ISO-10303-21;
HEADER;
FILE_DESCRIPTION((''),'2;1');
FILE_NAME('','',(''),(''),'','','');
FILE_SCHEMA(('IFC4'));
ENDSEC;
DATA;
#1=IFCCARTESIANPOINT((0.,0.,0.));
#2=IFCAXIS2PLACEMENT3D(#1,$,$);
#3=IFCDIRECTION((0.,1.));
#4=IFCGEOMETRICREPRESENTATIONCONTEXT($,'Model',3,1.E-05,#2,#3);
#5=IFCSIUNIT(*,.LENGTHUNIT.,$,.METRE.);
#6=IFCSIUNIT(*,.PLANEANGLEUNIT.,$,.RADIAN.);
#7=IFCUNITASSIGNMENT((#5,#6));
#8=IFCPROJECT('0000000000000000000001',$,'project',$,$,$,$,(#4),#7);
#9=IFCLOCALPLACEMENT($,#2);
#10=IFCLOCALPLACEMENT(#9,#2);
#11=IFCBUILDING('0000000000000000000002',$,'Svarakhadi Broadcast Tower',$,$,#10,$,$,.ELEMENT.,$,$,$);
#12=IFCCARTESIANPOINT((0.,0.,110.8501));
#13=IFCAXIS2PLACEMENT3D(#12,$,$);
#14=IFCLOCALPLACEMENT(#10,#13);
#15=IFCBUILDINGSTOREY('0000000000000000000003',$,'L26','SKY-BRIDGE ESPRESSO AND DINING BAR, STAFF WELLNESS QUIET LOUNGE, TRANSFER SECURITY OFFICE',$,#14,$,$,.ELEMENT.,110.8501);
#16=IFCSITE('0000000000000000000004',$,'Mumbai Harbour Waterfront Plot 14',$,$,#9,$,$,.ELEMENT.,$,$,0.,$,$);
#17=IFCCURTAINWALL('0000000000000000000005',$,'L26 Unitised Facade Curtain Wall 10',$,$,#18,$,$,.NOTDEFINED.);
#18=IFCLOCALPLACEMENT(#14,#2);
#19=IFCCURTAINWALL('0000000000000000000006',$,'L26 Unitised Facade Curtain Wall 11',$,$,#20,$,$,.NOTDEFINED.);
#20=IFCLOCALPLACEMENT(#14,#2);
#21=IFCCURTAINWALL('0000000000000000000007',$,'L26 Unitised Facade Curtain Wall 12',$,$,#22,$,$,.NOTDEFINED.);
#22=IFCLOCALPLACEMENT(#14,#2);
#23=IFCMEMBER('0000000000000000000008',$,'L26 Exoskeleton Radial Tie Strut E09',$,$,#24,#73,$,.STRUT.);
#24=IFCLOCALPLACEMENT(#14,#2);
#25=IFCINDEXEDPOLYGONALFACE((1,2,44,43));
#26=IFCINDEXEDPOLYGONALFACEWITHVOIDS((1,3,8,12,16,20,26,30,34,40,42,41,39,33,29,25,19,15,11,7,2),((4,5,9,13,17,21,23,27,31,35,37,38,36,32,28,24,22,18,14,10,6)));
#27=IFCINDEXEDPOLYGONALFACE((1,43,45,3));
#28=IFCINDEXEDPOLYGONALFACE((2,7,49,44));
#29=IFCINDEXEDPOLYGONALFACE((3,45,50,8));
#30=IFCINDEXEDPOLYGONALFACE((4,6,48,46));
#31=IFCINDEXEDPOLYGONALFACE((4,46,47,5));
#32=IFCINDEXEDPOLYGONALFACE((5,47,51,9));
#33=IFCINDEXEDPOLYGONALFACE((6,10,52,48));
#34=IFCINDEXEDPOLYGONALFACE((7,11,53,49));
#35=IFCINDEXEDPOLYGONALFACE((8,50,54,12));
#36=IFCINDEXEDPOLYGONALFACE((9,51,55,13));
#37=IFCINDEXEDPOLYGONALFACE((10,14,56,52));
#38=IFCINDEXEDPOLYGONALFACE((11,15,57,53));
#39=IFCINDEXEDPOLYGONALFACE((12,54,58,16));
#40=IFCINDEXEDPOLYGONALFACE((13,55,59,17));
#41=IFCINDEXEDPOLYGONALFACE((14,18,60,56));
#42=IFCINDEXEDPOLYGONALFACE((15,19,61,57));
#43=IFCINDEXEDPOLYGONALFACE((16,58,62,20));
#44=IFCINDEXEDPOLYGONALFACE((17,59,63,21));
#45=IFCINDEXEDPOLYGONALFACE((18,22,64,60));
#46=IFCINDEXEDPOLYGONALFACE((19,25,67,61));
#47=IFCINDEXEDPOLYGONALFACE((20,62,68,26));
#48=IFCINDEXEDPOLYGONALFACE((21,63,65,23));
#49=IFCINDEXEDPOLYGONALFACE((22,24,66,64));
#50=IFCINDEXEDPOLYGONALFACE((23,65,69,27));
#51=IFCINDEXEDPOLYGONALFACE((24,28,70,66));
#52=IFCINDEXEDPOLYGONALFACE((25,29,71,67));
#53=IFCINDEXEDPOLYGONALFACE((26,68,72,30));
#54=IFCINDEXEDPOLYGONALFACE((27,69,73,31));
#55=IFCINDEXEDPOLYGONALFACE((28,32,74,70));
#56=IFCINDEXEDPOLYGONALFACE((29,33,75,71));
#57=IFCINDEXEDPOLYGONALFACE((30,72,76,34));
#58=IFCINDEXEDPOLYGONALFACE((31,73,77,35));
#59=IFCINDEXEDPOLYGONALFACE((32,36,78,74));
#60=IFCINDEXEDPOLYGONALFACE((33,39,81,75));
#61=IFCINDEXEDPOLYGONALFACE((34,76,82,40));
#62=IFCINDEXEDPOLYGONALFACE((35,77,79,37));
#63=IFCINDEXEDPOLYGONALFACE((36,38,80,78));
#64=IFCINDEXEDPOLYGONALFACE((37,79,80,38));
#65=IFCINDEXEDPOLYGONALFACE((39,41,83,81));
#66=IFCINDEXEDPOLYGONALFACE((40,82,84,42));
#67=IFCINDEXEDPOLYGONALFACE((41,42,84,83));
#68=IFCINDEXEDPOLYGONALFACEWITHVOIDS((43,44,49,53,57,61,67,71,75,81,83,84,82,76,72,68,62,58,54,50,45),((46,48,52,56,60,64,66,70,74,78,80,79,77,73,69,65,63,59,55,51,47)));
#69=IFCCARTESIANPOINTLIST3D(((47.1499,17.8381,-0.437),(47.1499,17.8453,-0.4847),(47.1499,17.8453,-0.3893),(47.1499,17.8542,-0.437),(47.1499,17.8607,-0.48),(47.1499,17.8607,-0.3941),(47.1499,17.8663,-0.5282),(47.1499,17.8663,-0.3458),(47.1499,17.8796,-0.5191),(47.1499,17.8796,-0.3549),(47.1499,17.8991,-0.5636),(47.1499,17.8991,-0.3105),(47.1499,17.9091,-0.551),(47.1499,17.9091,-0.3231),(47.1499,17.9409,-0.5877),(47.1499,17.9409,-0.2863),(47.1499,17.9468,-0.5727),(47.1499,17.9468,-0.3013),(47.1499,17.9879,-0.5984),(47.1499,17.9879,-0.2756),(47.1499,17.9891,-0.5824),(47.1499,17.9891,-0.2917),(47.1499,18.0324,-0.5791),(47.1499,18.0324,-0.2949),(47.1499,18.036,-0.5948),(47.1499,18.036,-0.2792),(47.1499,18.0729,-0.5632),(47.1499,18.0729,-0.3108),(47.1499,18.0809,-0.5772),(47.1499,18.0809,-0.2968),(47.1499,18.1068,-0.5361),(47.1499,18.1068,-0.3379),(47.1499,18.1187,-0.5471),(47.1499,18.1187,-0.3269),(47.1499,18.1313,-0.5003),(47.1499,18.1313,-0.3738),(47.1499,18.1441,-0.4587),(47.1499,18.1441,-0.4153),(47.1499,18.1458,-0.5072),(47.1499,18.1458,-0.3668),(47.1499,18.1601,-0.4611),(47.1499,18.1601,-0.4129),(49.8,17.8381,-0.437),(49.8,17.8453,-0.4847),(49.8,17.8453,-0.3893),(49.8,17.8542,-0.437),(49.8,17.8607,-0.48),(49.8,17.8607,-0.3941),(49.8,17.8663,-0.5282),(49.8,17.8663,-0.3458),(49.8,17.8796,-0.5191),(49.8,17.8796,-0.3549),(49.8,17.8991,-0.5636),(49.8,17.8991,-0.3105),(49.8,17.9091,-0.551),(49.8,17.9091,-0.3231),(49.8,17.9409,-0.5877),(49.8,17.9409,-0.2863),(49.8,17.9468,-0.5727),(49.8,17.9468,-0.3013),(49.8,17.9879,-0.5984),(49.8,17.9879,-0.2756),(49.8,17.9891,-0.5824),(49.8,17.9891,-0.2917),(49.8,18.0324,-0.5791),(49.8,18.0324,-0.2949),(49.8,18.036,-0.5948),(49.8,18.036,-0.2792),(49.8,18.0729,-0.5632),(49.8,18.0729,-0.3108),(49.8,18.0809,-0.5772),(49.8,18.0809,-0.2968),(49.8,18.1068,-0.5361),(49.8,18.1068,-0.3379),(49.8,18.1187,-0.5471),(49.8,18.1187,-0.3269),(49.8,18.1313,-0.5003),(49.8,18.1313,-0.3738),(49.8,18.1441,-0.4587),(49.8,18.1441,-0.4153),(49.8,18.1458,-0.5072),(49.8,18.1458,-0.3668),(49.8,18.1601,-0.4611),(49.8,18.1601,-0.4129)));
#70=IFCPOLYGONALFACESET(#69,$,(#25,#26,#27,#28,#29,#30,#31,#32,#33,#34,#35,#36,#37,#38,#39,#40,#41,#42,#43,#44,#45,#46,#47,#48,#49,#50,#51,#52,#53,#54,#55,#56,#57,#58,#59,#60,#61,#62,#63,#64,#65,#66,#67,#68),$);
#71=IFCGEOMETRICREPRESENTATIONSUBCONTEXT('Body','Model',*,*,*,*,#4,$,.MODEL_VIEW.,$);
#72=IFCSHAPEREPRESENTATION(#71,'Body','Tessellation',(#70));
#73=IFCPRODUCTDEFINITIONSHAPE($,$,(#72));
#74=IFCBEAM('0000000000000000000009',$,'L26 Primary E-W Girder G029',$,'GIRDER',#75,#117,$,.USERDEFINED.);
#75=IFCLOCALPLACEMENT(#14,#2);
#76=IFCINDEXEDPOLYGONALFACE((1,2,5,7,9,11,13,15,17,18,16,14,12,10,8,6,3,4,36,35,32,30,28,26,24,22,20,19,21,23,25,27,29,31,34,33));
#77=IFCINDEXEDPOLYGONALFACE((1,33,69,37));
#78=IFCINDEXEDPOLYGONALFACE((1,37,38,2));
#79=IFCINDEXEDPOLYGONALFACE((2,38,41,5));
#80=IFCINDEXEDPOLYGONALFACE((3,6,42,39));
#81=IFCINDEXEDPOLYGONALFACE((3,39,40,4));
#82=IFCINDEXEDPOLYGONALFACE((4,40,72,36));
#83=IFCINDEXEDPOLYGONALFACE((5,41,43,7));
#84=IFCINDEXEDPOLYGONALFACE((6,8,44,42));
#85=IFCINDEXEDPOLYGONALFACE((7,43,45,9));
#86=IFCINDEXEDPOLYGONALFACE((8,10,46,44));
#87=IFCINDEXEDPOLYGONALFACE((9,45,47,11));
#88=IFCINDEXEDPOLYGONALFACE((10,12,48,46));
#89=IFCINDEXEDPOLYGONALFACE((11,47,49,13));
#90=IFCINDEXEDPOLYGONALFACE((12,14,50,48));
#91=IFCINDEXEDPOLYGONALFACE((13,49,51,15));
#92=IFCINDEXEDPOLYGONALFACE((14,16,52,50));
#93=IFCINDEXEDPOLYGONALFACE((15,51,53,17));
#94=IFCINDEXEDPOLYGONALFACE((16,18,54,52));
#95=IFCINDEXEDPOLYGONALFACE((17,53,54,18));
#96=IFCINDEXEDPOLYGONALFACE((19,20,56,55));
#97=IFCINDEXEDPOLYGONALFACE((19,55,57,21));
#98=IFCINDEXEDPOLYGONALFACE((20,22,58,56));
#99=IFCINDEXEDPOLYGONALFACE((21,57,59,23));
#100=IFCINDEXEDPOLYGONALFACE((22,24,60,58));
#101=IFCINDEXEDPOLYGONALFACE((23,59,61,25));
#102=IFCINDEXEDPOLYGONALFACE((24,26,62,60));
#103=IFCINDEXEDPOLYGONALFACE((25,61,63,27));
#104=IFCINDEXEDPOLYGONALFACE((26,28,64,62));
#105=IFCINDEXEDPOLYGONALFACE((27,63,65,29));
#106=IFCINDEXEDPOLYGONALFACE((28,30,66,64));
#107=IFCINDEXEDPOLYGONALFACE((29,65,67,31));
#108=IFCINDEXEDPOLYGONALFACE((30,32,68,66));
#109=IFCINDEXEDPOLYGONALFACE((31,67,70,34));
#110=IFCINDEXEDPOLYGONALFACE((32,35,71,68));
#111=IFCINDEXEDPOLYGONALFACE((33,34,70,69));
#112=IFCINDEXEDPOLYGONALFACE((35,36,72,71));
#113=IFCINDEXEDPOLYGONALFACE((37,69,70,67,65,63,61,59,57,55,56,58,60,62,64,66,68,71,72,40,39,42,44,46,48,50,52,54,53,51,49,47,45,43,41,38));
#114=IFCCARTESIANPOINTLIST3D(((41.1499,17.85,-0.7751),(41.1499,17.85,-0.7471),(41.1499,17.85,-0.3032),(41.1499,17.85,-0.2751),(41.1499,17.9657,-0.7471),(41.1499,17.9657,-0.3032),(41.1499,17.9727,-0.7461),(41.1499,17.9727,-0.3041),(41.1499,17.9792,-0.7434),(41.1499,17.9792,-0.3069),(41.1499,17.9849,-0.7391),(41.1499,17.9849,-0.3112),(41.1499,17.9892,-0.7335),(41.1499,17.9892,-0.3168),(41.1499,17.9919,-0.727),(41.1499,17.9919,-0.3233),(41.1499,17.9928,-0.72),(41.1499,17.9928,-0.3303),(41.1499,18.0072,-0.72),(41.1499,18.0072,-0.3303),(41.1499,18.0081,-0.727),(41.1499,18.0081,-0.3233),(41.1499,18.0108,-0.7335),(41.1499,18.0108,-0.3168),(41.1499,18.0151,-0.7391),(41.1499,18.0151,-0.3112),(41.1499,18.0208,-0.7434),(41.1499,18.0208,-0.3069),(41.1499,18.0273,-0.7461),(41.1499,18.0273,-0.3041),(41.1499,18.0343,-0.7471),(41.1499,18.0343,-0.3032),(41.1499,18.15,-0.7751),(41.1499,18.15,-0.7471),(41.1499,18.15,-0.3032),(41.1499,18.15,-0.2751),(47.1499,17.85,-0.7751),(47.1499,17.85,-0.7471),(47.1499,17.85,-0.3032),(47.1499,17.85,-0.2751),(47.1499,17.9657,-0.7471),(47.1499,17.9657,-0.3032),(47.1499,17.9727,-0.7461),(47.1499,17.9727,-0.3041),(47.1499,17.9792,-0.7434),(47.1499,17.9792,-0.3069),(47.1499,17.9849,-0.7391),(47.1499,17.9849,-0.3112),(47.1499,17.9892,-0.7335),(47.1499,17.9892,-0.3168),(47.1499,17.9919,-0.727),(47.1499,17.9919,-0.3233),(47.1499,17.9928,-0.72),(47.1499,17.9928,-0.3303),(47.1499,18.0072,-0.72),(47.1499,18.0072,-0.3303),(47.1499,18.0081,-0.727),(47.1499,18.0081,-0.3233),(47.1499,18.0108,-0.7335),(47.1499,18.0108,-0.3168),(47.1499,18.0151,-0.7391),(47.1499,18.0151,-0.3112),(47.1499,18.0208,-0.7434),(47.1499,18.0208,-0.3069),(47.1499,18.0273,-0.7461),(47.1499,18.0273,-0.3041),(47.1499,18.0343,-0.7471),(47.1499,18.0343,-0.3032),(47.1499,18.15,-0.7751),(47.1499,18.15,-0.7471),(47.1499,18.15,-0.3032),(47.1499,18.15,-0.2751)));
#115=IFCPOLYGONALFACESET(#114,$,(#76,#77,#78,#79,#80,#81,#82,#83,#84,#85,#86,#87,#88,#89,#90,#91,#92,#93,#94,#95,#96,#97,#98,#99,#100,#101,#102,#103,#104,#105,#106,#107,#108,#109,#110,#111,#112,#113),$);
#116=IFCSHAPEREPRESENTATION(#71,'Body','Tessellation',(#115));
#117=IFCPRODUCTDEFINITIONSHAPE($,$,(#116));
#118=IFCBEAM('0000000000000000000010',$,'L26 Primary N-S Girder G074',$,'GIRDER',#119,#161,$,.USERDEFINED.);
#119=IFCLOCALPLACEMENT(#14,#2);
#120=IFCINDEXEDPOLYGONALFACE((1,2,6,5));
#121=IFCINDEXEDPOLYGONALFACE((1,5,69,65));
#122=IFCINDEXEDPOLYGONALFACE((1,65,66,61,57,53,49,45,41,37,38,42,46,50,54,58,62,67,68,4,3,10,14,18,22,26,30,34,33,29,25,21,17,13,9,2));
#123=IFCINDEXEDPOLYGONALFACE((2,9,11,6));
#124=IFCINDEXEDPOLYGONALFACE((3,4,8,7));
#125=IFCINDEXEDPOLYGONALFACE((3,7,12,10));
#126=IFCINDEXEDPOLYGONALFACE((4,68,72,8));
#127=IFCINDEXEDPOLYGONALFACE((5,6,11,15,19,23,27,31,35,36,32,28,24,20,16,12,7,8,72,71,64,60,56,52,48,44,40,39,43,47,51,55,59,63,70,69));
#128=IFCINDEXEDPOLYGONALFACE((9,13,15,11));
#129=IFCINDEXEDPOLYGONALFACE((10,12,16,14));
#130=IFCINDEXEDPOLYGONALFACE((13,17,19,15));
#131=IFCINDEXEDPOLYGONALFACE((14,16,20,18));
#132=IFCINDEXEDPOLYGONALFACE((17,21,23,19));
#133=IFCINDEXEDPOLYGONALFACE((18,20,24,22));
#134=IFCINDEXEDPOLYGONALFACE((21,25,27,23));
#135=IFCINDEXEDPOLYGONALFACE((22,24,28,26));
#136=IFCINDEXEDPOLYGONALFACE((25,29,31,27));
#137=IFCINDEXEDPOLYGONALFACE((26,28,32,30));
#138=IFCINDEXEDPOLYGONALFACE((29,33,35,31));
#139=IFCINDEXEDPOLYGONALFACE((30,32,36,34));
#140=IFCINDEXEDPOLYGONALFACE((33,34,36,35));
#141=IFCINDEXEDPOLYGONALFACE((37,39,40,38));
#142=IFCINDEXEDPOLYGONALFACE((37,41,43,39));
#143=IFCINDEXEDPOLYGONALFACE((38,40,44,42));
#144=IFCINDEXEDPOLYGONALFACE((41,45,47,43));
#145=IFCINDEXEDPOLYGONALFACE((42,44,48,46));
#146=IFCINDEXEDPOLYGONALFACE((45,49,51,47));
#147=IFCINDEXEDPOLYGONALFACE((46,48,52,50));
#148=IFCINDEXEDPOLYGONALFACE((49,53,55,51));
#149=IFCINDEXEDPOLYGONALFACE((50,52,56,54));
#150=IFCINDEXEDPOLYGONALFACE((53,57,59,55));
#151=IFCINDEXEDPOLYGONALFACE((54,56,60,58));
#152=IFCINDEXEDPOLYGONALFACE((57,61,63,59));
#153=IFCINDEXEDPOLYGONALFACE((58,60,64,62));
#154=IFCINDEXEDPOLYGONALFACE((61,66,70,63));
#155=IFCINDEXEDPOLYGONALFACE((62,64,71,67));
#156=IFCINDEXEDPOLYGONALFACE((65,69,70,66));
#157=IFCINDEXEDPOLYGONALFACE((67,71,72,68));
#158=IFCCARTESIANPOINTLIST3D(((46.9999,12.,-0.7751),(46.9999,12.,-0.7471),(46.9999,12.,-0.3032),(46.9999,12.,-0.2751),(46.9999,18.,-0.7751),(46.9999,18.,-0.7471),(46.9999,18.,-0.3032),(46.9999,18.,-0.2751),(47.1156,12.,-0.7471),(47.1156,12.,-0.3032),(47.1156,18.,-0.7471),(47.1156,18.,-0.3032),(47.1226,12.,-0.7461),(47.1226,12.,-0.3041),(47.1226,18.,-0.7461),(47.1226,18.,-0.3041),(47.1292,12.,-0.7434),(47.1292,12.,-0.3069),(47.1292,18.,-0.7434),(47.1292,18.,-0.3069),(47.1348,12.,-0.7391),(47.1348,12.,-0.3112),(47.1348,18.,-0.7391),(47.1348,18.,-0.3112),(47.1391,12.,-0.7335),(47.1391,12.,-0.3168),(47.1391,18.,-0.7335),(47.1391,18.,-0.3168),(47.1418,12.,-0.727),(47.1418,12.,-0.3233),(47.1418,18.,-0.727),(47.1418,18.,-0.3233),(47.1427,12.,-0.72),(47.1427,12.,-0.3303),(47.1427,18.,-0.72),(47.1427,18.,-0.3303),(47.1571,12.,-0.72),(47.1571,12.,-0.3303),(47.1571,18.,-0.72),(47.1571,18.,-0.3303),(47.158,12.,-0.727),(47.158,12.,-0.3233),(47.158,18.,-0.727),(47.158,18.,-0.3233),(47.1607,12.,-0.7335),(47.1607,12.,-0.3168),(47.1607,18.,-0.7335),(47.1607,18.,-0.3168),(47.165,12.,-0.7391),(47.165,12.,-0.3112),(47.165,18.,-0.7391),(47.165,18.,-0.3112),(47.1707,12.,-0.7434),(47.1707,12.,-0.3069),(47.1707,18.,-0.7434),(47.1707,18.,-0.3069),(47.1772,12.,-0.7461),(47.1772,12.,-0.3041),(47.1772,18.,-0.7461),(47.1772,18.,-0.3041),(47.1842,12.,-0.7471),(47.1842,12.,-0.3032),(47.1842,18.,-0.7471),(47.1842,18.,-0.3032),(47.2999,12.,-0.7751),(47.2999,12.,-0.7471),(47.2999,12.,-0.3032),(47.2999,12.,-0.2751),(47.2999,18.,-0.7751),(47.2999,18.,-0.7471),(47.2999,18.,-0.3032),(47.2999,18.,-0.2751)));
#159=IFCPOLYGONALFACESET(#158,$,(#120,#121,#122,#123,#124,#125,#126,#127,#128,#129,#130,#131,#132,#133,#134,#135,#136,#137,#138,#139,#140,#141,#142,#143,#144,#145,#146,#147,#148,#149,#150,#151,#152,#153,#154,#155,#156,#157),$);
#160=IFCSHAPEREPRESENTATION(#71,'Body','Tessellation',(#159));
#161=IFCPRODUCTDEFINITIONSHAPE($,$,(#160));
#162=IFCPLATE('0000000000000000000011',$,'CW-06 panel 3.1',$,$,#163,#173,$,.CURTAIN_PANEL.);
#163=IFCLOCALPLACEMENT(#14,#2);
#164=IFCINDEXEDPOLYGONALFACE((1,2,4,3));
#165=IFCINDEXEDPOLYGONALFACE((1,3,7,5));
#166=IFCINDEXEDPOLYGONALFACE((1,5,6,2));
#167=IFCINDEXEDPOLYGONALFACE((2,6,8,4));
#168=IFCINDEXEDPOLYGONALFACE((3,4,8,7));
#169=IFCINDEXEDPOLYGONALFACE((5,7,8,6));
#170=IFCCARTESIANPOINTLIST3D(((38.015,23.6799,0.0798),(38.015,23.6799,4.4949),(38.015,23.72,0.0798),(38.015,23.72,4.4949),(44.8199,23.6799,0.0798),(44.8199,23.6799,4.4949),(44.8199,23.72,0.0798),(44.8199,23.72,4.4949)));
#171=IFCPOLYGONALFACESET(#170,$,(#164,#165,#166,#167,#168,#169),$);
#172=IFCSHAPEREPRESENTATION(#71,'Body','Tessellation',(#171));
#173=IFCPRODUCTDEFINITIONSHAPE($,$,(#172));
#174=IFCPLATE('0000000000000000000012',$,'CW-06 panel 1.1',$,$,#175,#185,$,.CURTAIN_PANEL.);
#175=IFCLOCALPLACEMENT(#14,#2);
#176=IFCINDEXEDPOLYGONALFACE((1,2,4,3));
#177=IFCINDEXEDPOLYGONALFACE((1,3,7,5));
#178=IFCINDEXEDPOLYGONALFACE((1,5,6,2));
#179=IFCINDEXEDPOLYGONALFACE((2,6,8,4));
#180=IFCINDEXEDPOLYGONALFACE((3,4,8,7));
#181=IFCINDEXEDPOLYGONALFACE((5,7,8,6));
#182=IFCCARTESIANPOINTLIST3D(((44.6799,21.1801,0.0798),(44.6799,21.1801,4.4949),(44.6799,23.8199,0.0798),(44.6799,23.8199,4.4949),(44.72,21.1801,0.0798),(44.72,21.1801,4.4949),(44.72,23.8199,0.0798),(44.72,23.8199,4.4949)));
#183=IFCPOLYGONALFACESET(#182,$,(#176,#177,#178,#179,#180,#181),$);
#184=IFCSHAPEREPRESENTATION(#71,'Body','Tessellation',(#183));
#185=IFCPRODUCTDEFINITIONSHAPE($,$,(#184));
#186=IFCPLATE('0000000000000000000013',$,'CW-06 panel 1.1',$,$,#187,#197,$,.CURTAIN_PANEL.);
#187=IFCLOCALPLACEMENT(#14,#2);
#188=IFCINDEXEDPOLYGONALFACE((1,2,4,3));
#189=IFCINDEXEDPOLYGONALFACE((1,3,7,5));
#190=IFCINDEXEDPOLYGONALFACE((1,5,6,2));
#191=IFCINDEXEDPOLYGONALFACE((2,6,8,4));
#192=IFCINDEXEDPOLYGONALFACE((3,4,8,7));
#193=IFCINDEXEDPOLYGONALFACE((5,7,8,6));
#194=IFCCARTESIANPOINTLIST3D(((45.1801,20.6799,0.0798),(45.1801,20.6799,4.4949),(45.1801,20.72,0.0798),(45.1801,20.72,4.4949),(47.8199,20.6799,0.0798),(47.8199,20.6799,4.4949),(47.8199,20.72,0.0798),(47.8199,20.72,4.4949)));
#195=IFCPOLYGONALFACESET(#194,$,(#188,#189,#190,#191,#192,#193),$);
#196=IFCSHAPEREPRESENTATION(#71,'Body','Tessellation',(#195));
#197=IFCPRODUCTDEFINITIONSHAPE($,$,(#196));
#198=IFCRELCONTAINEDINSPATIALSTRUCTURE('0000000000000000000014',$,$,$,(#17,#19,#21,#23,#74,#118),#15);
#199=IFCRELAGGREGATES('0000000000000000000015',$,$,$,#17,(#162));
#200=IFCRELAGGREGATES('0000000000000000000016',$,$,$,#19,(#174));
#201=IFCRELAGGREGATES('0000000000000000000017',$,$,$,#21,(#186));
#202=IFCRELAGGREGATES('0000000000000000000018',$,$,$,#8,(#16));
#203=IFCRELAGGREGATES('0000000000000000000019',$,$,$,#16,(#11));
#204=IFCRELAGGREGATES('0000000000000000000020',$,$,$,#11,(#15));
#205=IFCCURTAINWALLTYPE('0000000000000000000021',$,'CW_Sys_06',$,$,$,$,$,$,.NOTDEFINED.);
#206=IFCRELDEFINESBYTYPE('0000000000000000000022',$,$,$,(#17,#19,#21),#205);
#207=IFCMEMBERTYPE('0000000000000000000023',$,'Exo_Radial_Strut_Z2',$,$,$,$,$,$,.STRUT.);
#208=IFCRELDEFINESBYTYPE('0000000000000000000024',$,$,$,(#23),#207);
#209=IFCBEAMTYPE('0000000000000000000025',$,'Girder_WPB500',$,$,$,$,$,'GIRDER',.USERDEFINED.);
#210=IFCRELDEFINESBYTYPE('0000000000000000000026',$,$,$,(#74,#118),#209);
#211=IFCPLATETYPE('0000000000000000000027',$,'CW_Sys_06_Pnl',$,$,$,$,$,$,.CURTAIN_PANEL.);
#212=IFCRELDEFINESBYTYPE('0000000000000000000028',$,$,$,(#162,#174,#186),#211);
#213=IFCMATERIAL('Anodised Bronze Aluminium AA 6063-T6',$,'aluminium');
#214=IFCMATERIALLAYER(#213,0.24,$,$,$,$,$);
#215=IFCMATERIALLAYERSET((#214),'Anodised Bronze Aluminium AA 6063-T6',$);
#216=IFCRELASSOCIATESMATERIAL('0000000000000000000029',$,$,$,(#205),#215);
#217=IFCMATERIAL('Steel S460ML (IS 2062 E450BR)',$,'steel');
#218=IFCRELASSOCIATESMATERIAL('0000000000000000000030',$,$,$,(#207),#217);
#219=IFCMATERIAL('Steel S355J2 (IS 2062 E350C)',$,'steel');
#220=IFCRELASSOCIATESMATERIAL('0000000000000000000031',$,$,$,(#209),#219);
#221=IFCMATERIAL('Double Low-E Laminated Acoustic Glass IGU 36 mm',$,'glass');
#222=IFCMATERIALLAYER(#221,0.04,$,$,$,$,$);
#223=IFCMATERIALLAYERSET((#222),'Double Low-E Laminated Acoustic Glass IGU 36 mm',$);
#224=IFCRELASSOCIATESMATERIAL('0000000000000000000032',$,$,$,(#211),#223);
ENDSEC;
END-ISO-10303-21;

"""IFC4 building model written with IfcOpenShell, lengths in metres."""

from ifc_helpers import new_model, si_unit, direction, frame, origin, origin_2d, place, context, subcontext, project, spatial, rectangle, hollow_circle, i_section, extrude, material, layer, layer_set, material_profile, profile_set, type_object, element, aggregate, save


model = new_model("IFC4")

# Units and contexts
model_context = context("Model", 3, precision=1e-05, world=origin(), true_north=direction((0.0, 1.0)))
body_context = subcontext(model_context, "Body", "Model", "MODEL_VIEW")
ifc_project = project(units=[si_unit("LENGTHUNIT", "METRE"), si_unit("PLANEANGLEUNIT", "RADIAN")], contexts=[model_context])

# Site, building, storey
site_placement = place(None, origin())
site = spatial("IfcSite", under=ifc_project, at=site_placement, Name="Mumbai Harbour Waterfront Plot 14", CompositionType="ELEMENT", RefElevation=0.0)
building_placement = place(site_placement, origin())
building = spatial("IfcBuilding", under=site, at=building_placement, Name="Svarakhadi Broadcast Tower", CompositionType="ELEMENT")
storey_placement = place(building_placement, frame((0.0, 0.0, 110.8501)))
storey = spatial("IfcBuildingStorey", under=building, at=storey_placement, Name="L26", Description="SKY-BRIDGE ESPRESSO AND DINING BAR, STAFF WELLNESS QUIET LOUNGE, TRANSFER SECURITY OFFICE", CompositionType="ELEMENT", Elevation=110.8501)

# Shared definitions
ifc_material_1 = material(Name="Steel S460ML (IS 2062 E450BR)", Category="steel")

# Shared definitions
ifc_material_2 = material(Name="Steel S355J2 (IS 2062 E350C)", Category="steel")

# Curtain wall
ifc_material_3 = material(Name="Anodised Bronze Aluminium AA 6063-T6", Category="aluminium")
ifc_layer_1 = layer(ifc_material_3, 0.24)
ifc_layer_set_1 = layer_set([ifc_layer_1], Name="Anodised Bronze Aluminium AA 6063-T6")
curtain_wall_type = type_object("IfcCurtainWallType", Name="CW_Sys_06", PredefinedType="NOTDEFINED", material=ifc_layer_set_1)
curtain_wall_1_placement = place(storey_placement, origin())
curtain_wall_1 = element("IfcCurtainWall", 1, at=curtain_wall_1_placement, inside=storey, type_object=curtain_wall_type, Name="L26 Unitised Facade Curtain Wall 10", PredefinedType="NOTDEFINED")

# Curtain walls
curtain_wall_2_placement = place(storey_placement, origin())
curtain_wall_2 = element("IfcCurtainWall", 2, at=curtain_wall_2_placement, inside=storey, type_object=curtain_wall_type, Name="L26 Unitised Facade Curtain Wall 11", PredefinedType="NOTDEFINED")
curtain_wall_3_placement = place(storey_placement, origin())
curtain_wall_3 = element("IfcCurtainWall", 3, at=curtain_wall_3_placement, inside=storey, type_object=curtain_wall_type, Name="L26 Unitised Facade Curtain Wall 12", PredefinedType="NOTDEFINED")

# Member
ifc_material_profile_1 = material_profile(ifc_material_1, hollow_circle(Radius=0.1619, WallThickness=0.0161, at=origin_2d()), Name="CHS 323.9x16")
ifc_profile_set_1 = profile_set([ifc_material_profile_1], Name="Steel S460ML (IS 2062 E450BR)")
member_type_1 = type_object("IfcMemberType", Name="Exo_Radial_Strut_Z2", PredefinedType="STRUT", material=ifc_profile_set_1)
member_1_placement = place(storey_placement, frame((49.8, 18.0, -0.437), z_axis=(-1.0, 0.0, 0.0), x_axis=(0.0, -1.0, 0.0)))
element("IfcMember", 4, at=member_1_placement, inside=storey, type_object=member_type_1, Name="L26 Exoskeleton Radial Tie Strut E09", PredefinedType="STRUT", context=body_context, shape_type="SweptSolid", body=[
    extrude(hollow_circle(Radius=0.1619, WallThickness=0.0161, at=origin_2d()), origin(), (0.0, 0.0, 1.0), 2.6501),
])

# Beams
ifc_material_profile_2 = material_profile(ifc_material_2, i_section(OverallWidth=0.3, OverallDepth=0.5, WebThickness=0.0144, FlangeThickness=0.0281, FilletRadius=0.0271, at=origin_2d()), Name="WPB 500x300x187")
ifc_profile_set_2 = profile_set([ifc_material_profile_2], Name="Steel S355J2 (IS 2062 E350C)")
beam_type_1 = type_object("IfcBeamType", Name="Girder_WPB500", ElementType="GIRDER", PredefinedType="USERDEFINED", material=ifc_profile_set_2)
for number, where, z_axis, x_axis, name in (
    (5, (41.1499, 18.0, -0.5251), (1.0, 0.0, 0.0), (0.0, 1.0, 0.0), "L26 Primary E-W Girder G029"),
    (6, (47.1499, 12.0, -0.5251), (0.0, 1.0, 0.0), (-1.0, 0.0, 0.0), "L26 Primary N-S Girder G074"),
):
    element("IfcBeam", number, at=place(storey_placement, frame(where, z_axis=z_axis, x_axis=x_axis)), inside=storey, type_object=beam_type_1, Name=name, ObjectType="GIRDER", PredefinedType="USERDEFINED", context=body_context, shape_type="SweptSolid", body=[
        extrude(i_section(OverallWidth=0.3, OverallDepth=0.5, WebThickness=0.0144, FlangeThickness=0.0281, FilletRadius=0.0271, at=origin_2d()), origin(), (0.0, 0.0, 1.0), 6.0),
    ])

# Plates
ifc_material_4 = material(Name="Double Low-E Laminated Acoustic Glass IGU 36 mm", Category="glass")
ifc_layer_2 = layer(ifc_material_4, 0.04)
ifc_layer_set_2 = layer_set([ifc_layer_2], Name="Double Low-E Laminated Acoustic Glass IGU 36 mm")
plate_type_1 = type_object("IfcPlateType", Name="CW_Sys_06_Pnl", PredefinedType="CURTAIN_PANEL", material=ifc_layer_set_2)
plate_1_placement = place(storey_placement, frame((41.4175, 23.7, 0.0798), z_axis=(0.0, 0.0, 1.0), x_axis=(1.0, 0.0, 0.0)))
plate_1 = element("IfcPlate", 7, at=plate_1_placement, type_object=plate_type_1, Name="CW-06 panel 3.1", PredefinedType="CURTAIN_PANEL", context=body_context, shape_type="SweptSolid", body=[
    extrude(rectangle(XDim=6.8049, YDim=0.04, at=origin_2d()), origin(), (0.0, 0.0, 1.0), 4.415),
])
aggregate(curtain_wall_1, [plate_1])
plate_2_placement = place(storey_placement, frame((44.7, 22.5, 0.0798), z_axis=(0.0, 0.0, 1.0), x_axis=(0.0, -1.0, 0.0)))
plate_2 = element("IfcPlate", 8, at=plate_2_placement, type_object=plate_type_1, Name="CW-06 panel 1.1", PredefinedType="CURTAIN_PANEL", context=body_context, shape_type="SweptSolid", body=[
    extrude(rectangle(XDim=2.6399, YDim=0.04, at=origin_2d()), origin(), (0.0, 0.0, 1.0), 4.415),
])
aggregate(curtain_wall_2, [plate_2])
plate_3_placement = place(storey_placement, frame((46.5, 20.7, 0.0798), z_axis=(0.0, 0.0, 1.0), x_axis=(1.0, 0.0, 0.0)))
plate_3 = element("IfcPlate", 9, at=plate_3_placement, type_object=plate_type_1, Name="CW-06 panel 1.1", PredefinedType="CURTAIN_PANEL", context=body_context, shape_type="SweptSolid", body=[
    extrude(rectangle(XDim=2.6399, YDim=0.04, at=origin_2d()), origin(), (0.0, 0.0, 1.0), 4.415),
])
aggregate(curtain_wall_3, [plate_3])

save(model, "model.ifc")
